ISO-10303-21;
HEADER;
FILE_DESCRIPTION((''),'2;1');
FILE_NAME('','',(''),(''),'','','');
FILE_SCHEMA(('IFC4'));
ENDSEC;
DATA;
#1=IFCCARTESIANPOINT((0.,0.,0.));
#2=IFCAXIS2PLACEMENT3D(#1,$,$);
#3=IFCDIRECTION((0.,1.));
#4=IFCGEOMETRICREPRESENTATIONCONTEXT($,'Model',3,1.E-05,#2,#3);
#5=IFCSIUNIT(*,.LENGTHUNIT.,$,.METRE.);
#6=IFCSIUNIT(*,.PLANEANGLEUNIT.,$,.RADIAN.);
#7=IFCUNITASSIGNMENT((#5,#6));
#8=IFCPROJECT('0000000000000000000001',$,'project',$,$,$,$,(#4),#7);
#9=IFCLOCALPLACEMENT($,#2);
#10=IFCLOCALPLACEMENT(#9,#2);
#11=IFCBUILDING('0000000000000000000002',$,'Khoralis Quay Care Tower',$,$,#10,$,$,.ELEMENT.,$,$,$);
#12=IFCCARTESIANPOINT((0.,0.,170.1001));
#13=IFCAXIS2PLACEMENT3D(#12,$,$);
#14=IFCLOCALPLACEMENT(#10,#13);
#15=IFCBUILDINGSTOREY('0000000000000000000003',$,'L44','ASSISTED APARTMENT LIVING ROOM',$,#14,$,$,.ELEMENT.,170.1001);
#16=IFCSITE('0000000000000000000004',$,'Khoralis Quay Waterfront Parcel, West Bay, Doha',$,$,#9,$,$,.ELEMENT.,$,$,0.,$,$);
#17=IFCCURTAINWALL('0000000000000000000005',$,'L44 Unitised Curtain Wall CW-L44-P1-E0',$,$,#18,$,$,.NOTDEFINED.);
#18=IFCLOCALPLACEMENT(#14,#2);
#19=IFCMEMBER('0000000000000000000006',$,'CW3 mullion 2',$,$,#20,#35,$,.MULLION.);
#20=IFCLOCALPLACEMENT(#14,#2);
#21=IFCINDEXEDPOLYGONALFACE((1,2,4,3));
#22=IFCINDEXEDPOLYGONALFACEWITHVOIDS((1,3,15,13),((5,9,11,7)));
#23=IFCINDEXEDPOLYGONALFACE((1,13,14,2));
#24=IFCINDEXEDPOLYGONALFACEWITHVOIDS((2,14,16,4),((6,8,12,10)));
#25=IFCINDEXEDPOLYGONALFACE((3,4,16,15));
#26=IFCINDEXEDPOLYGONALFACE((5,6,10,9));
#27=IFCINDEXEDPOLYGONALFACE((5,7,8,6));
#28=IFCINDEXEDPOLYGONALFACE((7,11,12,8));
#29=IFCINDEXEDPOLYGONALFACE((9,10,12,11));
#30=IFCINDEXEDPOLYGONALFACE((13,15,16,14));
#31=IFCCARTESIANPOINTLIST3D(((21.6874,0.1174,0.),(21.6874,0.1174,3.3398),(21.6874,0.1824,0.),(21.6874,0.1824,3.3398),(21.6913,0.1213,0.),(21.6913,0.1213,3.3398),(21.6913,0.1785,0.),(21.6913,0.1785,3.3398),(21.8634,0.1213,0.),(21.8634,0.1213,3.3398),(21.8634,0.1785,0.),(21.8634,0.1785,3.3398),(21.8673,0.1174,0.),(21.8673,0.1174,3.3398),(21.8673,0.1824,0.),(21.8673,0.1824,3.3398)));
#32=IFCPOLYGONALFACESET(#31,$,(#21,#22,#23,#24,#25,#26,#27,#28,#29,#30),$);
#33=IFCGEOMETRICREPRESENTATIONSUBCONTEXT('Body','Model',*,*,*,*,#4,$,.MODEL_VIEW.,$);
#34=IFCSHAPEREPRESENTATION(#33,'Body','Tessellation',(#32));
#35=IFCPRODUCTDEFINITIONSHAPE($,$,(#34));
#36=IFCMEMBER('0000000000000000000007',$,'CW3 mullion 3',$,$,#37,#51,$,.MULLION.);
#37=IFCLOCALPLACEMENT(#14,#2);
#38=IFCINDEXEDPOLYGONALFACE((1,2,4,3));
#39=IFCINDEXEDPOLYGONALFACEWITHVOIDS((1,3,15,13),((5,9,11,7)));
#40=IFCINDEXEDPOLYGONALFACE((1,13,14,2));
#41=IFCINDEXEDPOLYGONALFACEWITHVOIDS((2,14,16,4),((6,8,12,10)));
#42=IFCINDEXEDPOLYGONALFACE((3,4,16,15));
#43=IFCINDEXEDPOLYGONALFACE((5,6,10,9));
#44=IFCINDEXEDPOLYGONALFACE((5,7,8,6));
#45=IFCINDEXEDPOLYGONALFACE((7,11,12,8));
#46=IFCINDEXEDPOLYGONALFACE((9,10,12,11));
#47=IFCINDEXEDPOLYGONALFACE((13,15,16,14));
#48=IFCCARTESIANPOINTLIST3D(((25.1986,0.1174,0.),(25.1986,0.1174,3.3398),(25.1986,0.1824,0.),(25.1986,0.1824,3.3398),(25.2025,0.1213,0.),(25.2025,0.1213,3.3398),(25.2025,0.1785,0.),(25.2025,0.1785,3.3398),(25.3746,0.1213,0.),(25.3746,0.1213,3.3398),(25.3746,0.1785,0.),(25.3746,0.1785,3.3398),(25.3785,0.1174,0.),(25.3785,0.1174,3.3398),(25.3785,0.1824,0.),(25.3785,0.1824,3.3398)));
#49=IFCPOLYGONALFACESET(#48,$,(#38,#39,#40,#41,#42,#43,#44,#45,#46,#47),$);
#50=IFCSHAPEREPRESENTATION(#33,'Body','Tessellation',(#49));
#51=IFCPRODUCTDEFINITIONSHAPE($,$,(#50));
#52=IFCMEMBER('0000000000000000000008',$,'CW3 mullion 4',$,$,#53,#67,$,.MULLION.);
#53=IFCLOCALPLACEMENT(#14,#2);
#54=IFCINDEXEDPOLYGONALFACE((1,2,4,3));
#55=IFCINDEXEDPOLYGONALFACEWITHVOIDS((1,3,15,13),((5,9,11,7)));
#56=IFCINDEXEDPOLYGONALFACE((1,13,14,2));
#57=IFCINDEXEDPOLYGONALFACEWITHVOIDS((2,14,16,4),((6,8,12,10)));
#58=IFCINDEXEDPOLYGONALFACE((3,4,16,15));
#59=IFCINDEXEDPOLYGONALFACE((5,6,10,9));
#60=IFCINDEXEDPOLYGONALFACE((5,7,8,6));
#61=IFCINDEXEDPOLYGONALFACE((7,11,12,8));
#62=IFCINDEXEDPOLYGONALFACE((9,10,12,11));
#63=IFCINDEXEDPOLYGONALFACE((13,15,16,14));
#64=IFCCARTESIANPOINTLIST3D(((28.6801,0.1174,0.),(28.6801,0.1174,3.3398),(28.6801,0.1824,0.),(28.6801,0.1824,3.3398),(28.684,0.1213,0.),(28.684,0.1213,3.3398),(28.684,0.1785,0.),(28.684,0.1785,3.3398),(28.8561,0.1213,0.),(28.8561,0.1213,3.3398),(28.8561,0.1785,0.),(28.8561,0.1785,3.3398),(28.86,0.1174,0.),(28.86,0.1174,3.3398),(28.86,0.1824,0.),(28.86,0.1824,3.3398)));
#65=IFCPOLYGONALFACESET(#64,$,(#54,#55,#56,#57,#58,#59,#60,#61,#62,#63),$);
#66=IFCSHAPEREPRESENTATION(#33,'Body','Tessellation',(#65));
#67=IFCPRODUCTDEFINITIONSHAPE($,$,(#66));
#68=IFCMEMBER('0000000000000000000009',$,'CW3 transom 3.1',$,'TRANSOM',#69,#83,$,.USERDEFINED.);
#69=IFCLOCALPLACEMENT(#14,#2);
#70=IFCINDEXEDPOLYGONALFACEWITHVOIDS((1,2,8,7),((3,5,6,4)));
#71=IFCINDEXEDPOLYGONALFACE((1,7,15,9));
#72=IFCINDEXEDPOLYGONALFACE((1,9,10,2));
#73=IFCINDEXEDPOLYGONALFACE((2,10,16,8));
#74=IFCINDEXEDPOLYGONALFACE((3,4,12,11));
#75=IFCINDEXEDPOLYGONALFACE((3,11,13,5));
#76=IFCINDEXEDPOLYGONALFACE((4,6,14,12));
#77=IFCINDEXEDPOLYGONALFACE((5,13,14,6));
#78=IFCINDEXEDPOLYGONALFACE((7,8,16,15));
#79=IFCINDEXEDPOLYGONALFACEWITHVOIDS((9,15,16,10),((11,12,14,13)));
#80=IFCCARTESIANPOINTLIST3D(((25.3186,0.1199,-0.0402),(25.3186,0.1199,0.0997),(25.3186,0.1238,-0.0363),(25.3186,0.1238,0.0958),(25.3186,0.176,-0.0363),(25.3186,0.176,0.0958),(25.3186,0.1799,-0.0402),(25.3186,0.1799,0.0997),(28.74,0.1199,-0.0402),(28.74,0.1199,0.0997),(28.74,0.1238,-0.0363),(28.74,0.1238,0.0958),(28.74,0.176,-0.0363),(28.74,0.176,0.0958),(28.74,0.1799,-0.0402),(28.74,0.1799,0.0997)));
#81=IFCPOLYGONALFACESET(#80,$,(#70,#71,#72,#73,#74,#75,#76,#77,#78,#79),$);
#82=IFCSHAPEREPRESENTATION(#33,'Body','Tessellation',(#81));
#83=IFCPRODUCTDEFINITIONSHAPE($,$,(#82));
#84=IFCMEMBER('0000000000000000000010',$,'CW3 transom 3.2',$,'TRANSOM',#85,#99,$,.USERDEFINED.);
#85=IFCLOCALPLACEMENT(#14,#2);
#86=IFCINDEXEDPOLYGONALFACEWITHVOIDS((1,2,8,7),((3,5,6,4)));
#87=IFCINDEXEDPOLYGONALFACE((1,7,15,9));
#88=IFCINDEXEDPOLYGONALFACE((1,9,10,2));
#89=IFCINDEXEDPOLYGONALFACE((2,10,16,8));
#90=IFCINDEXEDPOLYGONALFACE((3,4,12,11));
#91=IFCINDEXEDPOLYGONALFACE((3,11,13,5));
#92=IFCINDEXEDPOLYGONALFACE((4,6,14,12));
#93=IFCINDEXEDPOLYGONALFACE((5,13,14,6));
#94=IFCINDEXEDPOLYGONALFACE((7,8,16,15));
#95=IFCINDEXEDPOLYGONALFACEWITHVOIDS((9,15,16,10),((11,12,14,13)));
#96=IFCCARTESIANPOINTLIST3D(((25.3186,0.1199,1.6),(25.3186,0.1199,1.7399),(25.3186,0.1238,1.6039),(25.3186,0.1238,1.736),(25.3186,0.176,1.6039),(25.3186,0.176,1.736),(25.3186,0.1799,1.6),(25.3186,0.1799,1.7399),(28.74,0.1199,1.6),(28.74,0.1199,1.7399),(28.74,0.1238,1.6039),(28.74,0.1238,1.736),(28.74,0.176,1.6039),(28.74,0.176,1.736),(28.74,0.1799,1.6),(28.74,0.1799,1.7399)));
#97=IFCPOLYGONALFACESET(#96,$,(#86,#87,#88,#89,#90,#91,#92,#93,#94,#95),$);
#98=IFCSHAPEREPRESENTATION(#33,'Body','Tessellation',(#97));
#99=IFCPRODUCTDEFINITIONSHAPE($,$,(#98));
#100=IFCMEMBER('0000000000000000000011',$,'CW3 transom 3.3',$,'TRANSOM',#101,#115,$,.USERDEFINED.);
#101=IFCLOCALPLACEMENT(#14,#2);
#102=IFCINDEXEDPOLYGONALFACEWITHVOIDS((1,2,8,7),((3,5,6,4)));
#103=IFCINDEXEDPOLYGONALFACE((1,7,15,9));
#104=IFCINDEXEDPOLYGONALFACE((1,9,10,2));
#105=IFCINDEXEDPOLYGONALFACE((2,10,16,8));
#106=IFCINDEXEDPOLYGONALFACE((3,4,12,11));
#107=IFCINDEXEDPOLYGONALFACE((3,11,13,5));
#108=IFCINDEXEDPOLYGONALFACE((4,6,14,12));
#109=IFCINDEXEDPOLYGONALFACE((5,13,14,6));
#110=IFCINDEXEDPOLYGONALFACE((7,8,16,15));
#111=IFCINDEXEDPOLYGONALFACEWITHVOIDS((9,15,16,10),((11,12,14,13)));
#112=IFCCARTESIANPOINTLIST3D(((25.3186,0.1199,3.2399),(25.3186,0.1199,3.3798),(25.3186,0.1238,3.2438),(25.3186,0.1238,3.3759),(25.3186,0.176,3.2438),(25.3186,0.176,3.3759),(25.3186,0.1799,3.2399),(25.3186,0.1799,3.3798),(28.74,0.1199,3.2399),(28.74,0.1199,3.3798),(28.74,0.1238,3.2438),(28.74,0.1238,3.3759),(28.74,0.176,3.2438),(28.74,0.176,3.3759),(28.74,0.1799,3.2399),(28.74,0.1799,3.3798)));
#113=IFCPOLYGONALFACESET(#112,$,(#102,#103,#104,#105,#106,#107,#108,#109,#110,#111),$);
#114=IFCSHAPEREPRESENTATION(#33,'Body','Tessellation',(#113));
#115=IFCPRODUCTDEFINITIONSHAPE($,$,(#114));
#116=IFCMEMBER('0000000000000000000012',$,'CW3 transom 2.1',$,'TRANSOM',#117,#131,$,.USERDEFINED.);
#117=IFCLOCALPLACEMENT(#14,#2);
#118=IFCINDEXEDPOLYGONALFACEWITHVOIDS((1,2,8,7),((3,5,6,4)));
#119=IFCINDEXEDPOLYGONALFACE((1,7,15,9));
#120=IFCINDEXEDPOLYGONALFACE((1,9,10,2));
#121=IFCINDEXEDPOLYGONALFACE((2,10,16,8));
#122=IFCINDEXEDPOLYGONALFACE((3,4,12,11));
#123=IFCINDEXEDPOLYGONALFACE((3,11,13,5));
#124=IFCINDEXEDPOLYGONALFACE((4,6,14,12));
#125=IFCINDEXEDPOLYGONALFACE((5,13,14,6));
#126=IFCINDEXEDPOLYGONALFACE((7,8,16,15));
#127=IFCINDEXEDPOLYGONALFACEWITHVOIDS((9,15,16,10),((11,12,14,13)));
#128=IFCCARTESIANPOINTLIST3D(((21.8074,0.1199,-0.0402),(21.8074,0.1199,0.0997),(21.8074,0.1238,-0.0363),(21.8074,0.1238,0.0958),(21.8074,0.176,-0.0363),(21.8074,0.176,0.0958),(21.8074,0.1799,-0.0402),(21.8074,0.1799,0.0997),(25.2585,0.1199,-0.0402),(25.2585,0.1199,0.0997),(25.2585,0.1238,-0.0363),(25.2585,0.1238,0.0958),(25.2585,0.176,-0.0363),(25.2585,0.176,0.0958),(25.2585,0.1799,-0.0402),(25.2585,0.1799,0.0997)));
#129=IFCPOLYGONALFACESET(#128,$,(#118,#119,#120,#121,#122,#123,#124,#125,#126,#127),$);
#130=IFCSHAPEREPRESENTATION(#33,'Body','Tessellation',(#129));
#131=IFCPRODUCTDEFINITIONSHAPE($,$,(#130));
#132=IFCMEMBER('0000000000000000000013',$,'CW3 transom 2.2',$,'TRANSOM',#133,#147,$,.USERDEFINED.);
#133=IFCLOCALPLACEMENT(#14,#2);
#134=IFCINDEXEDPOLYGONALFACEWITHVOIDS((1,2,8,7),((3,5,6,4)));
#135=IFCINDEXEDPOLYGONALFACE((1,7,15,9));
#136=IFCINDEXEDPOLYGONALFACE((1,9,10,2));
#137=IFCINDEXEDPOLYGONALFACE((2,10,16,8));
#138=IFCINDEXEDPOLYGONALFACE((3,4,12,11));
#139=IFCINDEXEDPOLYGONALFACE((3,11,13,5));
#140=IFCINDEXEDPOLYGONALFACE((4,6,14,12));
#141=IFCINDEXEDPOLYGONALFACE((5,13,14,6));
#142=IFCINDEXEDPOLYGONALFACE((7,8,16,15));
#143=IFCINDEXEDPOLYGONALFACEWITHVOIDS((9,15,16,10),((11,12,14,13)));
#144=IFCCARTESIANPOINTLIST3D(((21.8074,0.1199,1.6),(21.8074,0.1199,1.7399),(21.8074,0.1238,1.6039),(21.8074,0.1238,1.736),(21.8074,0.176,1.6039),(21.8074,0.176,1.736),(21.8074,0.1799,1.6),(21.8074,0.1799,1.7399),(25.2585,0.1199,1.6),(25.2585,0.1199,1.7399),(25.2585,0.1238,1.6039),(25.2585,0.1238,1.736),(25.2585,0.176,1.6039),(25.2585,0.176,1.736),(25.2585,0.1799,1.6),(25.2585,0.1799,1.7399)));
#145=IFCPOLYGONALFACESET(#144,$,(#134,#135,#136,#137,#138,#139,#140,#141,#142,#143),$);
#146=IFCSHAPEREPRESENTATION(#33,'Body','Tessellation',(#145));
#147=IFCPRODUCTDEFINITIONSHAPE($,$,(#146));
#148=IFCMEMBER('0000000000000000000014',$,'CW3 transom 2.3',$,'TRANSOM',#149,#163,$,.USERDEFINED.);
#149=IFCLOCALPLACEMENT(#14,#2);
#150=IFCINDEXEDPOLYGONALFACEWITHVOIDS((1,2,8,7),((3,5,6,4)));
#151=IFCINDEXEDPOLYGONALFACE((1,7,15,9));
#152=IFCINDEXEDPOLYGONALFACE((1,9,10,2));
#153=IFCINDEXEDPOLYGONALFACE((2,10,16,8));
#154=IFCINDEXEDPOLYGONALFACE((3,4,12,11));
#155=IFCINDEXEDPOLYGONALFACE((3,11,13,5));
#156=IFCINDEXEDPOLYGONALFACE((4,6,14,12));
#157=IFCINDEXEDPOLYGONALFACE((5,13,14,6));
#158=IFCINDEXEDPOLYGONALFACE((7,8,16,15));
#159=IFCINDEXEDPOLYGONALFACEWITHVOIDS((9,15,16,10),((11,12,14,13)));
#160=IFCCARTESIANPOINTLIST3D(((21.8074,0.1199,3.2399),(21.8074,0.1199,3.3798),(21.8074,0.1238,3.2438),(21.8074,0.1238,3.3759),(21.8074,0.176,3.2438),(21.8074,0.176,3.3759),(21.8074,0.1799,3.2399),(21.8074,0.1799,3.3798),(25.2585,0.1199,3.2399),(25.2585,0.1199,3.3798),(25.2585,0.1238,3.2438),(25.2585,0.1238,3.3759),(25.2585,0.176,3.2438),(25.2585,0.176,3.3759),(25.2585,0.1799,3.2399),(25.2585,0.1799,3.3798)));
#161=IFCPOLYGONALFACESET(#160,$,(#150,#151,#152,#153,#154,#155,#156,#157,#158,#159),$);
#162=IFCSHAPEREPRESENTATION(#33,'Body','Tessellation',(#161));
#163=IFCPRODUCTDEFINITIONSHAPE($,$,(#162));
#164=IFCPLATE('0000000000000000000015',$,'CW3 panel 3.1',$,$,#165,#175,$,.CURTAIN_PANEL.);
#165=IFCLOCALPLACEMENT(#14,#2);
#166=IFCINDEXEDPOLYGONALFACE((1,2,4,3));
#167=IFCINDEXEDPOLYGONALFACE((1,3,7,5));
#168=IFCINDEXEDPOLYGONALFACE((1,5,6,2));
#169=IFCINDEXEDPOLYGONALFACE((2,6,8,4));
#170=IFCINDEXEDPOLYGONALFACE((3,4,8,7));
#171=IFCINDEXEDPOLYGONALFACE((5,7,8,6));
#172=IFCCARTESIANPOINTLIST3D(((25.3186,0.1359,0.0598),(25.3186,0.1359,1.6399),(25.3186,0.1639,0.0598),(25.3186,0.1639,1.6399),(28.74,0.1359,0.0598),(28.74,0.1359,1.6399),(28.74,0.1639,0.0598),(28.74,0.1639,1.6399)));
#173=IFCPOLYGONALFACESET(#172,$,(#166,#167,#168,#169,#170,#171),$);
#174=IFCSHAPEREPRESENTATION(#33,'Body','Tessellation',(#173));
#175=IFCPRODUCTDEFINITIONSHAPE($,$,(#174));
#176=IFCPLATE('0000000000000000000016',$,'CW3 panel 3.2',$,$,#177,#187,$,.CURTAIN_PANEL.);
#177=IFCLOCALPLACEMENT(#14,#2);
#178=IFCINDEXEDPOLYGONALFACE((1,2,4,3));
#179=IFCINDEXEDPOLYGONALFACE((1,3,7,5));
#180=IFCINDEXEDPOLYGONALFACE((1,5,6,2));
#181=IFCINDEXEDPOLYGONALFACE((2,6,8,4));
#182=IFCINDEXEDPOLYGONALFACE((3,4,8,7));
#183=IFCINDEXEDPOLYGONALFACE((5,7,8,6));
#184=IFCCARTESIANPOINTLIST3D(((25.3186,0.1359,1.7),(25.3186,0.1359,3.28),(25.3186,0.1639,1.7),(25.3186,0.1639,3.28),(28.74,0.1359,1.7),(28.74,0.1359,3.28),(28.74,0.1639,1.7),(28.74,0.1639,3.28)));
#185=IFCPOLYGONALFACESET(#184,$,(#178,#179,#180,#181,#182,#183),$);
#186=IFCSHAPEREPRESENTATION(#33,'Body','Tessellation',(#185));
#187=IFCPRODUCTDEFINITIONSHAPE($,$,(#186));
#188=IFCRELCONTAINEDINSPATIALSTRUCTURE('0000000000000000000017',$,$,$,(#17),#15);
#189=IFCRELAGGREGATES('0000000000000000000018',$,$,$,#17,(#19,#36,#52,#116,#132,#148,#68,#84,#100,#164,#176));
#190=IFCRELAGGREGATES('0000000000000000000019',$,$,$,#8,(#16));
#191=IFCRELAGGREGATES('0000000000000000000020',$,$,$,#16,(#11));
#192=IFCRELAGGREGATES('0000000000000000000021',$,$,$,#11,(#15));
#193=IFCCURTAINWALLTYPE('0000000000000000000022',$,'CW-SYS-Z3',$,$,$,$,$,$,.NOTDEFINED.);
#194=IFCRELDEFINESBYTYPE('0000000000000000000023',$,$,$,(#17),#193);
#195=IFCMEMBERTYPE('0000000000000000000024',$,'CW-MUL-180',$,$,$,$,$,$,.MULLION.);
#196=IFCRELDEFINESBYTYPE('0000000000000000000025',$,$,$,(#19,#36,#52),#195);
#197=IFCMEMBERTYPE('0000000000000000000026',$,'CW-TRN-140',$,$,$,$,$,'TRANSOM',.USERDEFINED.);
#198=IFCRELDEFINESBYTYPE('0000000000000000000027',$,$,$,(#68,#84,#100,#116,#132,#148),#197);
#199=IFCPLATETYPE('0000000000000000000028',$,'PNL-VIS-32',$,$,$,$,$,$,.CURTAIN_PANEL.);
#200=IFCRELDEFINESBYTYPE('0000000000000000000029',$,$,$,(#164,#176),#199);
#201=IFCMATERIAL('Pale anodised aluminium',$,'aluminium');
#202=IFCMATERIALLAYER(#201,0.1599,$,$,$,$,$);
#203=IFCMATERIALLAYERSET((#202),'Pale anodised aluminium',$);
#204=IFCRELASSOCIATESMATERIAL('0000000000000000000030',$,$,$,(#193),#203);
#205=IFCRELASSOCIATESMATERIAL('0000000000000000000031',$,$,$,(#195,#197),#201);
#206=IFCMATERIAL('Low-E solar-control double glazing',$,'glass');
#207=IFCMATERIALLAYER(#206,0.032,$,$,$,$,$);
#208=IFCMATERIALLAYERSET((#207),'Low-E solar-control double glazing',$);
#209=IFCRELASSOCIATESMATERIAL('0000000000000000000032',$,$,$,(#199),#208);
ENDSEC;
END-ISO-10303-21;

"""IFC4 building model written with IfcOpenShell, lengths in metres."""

from ifc_helpers import new_model, si_unit, direction, frame, origin, origin_2d, place, context, subcontext, project, spatial, rectangle, hollow_rectangle, extrude, source, transform, mapped, material, layer, layer_set, material_profile, profile_set, type_object, element, aggregate, save


model = new_model("IFC4")

# Units and contexts
model_context = context("Model", 3, precision=1e-05, world=origin(), true_north=direction((0.0, 1.0)))
body_context = subcontext(model_context, "Body", "Model", "MODEL_VIEW")
ifc_project = project(units=[si_unit("LENGTHUNIT", "METRE"), si_unit("PLANEANGLEUNIT", "RADIAN")], contexts=[model_context])

# Site, building, storey
site_placement = place(None, origin())
site = spatial("IfcSite", under=ifc_project, at=site_placement, Name="Khoralis Quay Waterfront Parcel, West Bay, Doha", CompositionType="ELEMENT", RefElevation=0.0)
building_placement = place(site_placement, origin())
building = spatial("IfcBuilding", under=site, at=building_placement, Name="Khoralis Quay Care Tower", CompositionType="ELEMENT")
storey_placement = place(building_placement, frame((0.0, 0.0, 170.1001)))
storey = spatial("IfcBuildingStorey", under=building, at=storey_placement, Name="L44", Description="ASSISTED APARTMENT LIVING ROOM", CompositionType="ELEMENT", Elevation=170.1001)

# Curtain wall, members, plates
ifc_material_1 = material(Name="Pale anodised aluminium", Category="aluminium")
ifc_layer_1 = layer(ifc_material_1, 0.1599)
ifc_layer_set_1 = layer_set([ifc_layer_1], Name="Pale anodised aluminium")
curtain_wall_type = type_object("IfcCurtainWallType", Name="CW-SYS-Z3", PredefinedType="NOTDEFINED", material=ifc_layer_set_1)
curtain_wall_placement = place(storey_placement, origin())
curtain_wall = element("IfcCurtainWall", 1, at=curtain_wall_placement, inside=storey, type_object=curtain_wall_type, Name="L44 Unitised Curtain Wall CW-L44-P1-E0", PredefinedType="NOTDEFINED")
ifc_material_profile_1 = material_profile(ifc_material_1, hollow_rectangle(XDim=0.0649, YDim=0.1799, WallThickness=0.0039, at=origin_2d()), Name="Pale anodised aluminium")
ifc_profile_set_1 = profile_set([ifc_material_profile_1], Name="Pale anodised aluminium")
member_type_1 = type_object("IfcMemberType", Name="CW-MUL-180", PredefinedType="MULLION", material=ifc_profile_set_1)
shared_shape_1 = source(origin(), body_context, "Body", "SweptSolid", [
    extrude(hollow_rectangle(XDim=0.0649, YDim=0.1799, WallThickness=0.0039, at=origin_2d()), origin(), (0.0, 0.0, 1.0), 3.3398),
])
member_1_placement = place(storey_placement, frame((21.7773, 0.1499, 0.0), z_axis=(0.0, 0.0, 1.0), x_axis=(0.0, 1.0, 0.0)))
member_1 = element("IfcMember", 2, at=member_1_placement, type_object=member_type_1, Name="CW3 mullion 2", PredefinedType="MULLION", context=body_context, shape_type="MappedRepresentation", body=[
    mapped(shared_shape_1, transform((0.0, 0.0, 0.0), scale=1.0)),
])
member_2_placement = place(storey_placement, frame((25.2886, 0.1499, 0.0), z_axis=(0.0, 0.0, 1.0), x_axis=(0.0, 1.0, 0.0)))
member_2 = element("IfcMember", 3, at=member_2_placement, type_object=member_type_1, Name="CW3 mullion 3", PredefinedType="MULLION", context=body_context, shape_type="MappedRepresentation", body=[
    mapped(shared_shape_1, transform((0.0, 0.0, 0.0), scale=1.0)),
])
member_3_placement = place(storey_placement, frame((28.77, 0.1499, 0.0), z_axis=(0.0, 0.0, 1.0), x_axis=(0.0, 1.0, 0.0)))
member_3 = element("IfcMember", 4, at=member_3_placement, type_object=member_type_1, Name="CW3 mullion 4", PredefinedType="MULLION", context=body_context, shape_type="MappedRepresentation", body=[
    mapped(shared_shape_1, transform((0.0, 0.0, 0.0), scale=1.0)),
])
ifc_material_profile_2 = material_profile(ifc_material_1, hollow_rectangle(XDim=0.0601, YDim=0.1399, WallThickness=0.0039, at=origin_2d()), Name="Pale anodised aluminium")
ifc_profile_set_2 = profile_set([ifc_material_profile_2], Name="Pale anodised aluminium")
member_type_2 = type_object("IfcMemberType", Name="CW-TRN-140", ElementType="TRANSOM", PredefinedType="USERDEFINED", material=ifc_profile_set_2)
shared_shape_2 = source(origin(), body_context, "Body", "SweptSolid", [
    extrude(hollow_rectangle(XDim=0.0601, YDim=0.1399, WallThickness=0.0039, at=origin_2d()), origin(), (0.0, 0.0, 1.0), 3.4214),
])
member_4_placement = place(storey_placement, frame((25.3186, 0.1499, 0.0298), z_axis=(1.0, 0.0, 0.0), x_axis=(0.0, 1.0, 0.0)))
member_4 = element("IfcMember", 5, at=member_4_placement, type_object=member_type_2, Name="CW3 transom 3.1", ObjectType="TRANSOM", PredefinedType="USERDEFINED", context=body_context, shape_type="MappedRepresentation", body=[
    mapped(shared_shape_2, transform((0.0, 0.0, 0.0), scale=1.0)),
])
member_5_placement = place(storey_placement, frame((25.3186, 0.1499, 1.6699), z_axis=(1.0, 0.0, 0.0), x_axis=(0.0, 1.0, 0.0)))
member_5 = element("IfcMember", 6, at=member_5_placement, type_object=member_type_2, Name="CW3 transom 3.2", ObjectType="TRANSOM", PredefinedType="USERDEFINED", context=body_context, shape_type="MappedRepresentation", body=[
    mapped(shared_shape_2, transform((0.0, 0.0, 0.0), scale=1.0)),
])
member_6_placement = place(storey_placement, frame((25.3186, 0.1499, 3.3098), z_axis=(1.0, 0.0, 0.0), x_axis=(0.0, 1.0, 0.0)))
member_6 = element("IfcMember", 7, at=member_6_placement, type_object=member_type_2, Name="CW3 transom 3.3", ObjectType="TRANSOM", PredefinedType="USERDEFINED", context=body_context, shape_type="MappedRepresentation", body=[
    mapped(shared_shape_2, transform((0.0, 0.0, 0.0), scale=1.0)),
])
shared_shape_3 = source(origin(), body_context, "Body", "SweptSolid", [
    extrude(hollow_rectangle(XDim=0.0601, YDim=0.1399, WallThickness=0.0039, at=origin_2d()), origin(), (0.0, 0.0, 1.0), 3.4512),
])
member_7_placement = place(storey_placement, frame((21.8074, 0.1499, 0.0298), z_axis=(1.0, 0.0, 0.0), x_axis=(0.0, 1.0, 0.0)))
member_7 = element("IfcMember", 8, at=member_7_placement, type_object=member_type_2, Name="CW3 transom 2.1", ObjectType="TRANSOM", PredefinedType="USERDEFINED", context=body_context, shape_type="MappedRepresentation", body=[
    mapped(shared_shape_3, transform((0.0, 0.0, 0.0), scale=1.0)),
])
member_8_placement = place(storey_placement, frame((21.8074, 0.1499, 1.6699), z_axis=(1.0, 0.0, 0.0), x_axis=(0.0, 1.0, 0.0)))
member_8 = element("IfcMember", 9, at=member_8_placement, type_object=member_type_2, Name="CW3 transom 2.2", ObjectType="TRANSOM", PredefinedType="USERDEFINED", context=body_context, shape_type="MappedRepresentation", body=[
    mapped(shared_shape_3, transform((0.0, 0.0, 0.0), scale=1.0)),
])
member_9_placement = place(storey_placement, frame((21.8074, 0.1499, 3.3098), z_axis=(1.0, 0.0, 0.0), x_axis=(0.0, 1.0, 0.0)))
member_9 = element("IfcMember", 10, at=member_9_placement, type_object=member_type_2, Name="CW3 transom 2.3", ObjectType="TRANSOM", PredefinedType="USERDEFINED", context=body_context, shape_type="MappedRepresentation", body=[
    mapped(shared_shape_3, transform((0.0, 0.0, 0.0), scale=1.0)),
])
ifc_material_2 = material(Name="Low-E solar-control double glazing", Category="glass")
ifc_layer_2 = layer(ifc_material_2, 0.032)
ifc_layer_set_2 = layer_set([ifc_layer_2], Name="Low-E solar-control double glazing")
plate_type = type_object("IfcPlateType", Name="PNL-VIS-32", PredefinedType="CURTAIN_PANEL", material=ifc_layer_set_2)
shared_shape_4 = source(origin(), body_context, "Body", "SweptSolid", [
    extrude(rectangle(XDim=3.4214, YDim=0.0281, at=origin_2d()), origin(), (0.0, 0.0, 1.0), 1.5801),
])
plate_1_placement = place(storey_placement, frame((27.0293, 0.1499, 0.0598), z_axis=(0.0, 0.0, 1.0), x_axis=(1.0, 0.0, 0.0)))
plate_1 = element("IfcPlate", 11, at=plate_1_placement, type_object=plate_type, Name="CW3 panel 3.1", PredefinedType="CURTAIN_PANEL", context=body_context, shape_type="MappedRepresentation", body=[
    mapped(shared_shape_4, transform((0.0, 0.0, 0.0), scale=1.0)),
])
plate_2_placement = place(storey_placement, frame((27.0293, 0.1499, 1.7), z_axis=(0.0, 0.0, 1.0), x_axis=(1.0, 0.0, 0.0)))
plate_2 = element("IfcPlate", 12, at=plate_2_placement, type_object=plate_type, Name="CW3 panel 3.2", PredefinedType="CURTAIN_PANEL", context=body_context, shape_type="MappedRepresentation", body=[
    mapped(shared_shape_4, transform((0.0, 0.0, 0.0), scale=1.0)),
])
aggregate(curtain_wall, [member_1, member_2, member_3, member_7, member_8, member_9, member_4, member_5, member_6, plate_1, plate_2])

save(model, "model.ifc")
